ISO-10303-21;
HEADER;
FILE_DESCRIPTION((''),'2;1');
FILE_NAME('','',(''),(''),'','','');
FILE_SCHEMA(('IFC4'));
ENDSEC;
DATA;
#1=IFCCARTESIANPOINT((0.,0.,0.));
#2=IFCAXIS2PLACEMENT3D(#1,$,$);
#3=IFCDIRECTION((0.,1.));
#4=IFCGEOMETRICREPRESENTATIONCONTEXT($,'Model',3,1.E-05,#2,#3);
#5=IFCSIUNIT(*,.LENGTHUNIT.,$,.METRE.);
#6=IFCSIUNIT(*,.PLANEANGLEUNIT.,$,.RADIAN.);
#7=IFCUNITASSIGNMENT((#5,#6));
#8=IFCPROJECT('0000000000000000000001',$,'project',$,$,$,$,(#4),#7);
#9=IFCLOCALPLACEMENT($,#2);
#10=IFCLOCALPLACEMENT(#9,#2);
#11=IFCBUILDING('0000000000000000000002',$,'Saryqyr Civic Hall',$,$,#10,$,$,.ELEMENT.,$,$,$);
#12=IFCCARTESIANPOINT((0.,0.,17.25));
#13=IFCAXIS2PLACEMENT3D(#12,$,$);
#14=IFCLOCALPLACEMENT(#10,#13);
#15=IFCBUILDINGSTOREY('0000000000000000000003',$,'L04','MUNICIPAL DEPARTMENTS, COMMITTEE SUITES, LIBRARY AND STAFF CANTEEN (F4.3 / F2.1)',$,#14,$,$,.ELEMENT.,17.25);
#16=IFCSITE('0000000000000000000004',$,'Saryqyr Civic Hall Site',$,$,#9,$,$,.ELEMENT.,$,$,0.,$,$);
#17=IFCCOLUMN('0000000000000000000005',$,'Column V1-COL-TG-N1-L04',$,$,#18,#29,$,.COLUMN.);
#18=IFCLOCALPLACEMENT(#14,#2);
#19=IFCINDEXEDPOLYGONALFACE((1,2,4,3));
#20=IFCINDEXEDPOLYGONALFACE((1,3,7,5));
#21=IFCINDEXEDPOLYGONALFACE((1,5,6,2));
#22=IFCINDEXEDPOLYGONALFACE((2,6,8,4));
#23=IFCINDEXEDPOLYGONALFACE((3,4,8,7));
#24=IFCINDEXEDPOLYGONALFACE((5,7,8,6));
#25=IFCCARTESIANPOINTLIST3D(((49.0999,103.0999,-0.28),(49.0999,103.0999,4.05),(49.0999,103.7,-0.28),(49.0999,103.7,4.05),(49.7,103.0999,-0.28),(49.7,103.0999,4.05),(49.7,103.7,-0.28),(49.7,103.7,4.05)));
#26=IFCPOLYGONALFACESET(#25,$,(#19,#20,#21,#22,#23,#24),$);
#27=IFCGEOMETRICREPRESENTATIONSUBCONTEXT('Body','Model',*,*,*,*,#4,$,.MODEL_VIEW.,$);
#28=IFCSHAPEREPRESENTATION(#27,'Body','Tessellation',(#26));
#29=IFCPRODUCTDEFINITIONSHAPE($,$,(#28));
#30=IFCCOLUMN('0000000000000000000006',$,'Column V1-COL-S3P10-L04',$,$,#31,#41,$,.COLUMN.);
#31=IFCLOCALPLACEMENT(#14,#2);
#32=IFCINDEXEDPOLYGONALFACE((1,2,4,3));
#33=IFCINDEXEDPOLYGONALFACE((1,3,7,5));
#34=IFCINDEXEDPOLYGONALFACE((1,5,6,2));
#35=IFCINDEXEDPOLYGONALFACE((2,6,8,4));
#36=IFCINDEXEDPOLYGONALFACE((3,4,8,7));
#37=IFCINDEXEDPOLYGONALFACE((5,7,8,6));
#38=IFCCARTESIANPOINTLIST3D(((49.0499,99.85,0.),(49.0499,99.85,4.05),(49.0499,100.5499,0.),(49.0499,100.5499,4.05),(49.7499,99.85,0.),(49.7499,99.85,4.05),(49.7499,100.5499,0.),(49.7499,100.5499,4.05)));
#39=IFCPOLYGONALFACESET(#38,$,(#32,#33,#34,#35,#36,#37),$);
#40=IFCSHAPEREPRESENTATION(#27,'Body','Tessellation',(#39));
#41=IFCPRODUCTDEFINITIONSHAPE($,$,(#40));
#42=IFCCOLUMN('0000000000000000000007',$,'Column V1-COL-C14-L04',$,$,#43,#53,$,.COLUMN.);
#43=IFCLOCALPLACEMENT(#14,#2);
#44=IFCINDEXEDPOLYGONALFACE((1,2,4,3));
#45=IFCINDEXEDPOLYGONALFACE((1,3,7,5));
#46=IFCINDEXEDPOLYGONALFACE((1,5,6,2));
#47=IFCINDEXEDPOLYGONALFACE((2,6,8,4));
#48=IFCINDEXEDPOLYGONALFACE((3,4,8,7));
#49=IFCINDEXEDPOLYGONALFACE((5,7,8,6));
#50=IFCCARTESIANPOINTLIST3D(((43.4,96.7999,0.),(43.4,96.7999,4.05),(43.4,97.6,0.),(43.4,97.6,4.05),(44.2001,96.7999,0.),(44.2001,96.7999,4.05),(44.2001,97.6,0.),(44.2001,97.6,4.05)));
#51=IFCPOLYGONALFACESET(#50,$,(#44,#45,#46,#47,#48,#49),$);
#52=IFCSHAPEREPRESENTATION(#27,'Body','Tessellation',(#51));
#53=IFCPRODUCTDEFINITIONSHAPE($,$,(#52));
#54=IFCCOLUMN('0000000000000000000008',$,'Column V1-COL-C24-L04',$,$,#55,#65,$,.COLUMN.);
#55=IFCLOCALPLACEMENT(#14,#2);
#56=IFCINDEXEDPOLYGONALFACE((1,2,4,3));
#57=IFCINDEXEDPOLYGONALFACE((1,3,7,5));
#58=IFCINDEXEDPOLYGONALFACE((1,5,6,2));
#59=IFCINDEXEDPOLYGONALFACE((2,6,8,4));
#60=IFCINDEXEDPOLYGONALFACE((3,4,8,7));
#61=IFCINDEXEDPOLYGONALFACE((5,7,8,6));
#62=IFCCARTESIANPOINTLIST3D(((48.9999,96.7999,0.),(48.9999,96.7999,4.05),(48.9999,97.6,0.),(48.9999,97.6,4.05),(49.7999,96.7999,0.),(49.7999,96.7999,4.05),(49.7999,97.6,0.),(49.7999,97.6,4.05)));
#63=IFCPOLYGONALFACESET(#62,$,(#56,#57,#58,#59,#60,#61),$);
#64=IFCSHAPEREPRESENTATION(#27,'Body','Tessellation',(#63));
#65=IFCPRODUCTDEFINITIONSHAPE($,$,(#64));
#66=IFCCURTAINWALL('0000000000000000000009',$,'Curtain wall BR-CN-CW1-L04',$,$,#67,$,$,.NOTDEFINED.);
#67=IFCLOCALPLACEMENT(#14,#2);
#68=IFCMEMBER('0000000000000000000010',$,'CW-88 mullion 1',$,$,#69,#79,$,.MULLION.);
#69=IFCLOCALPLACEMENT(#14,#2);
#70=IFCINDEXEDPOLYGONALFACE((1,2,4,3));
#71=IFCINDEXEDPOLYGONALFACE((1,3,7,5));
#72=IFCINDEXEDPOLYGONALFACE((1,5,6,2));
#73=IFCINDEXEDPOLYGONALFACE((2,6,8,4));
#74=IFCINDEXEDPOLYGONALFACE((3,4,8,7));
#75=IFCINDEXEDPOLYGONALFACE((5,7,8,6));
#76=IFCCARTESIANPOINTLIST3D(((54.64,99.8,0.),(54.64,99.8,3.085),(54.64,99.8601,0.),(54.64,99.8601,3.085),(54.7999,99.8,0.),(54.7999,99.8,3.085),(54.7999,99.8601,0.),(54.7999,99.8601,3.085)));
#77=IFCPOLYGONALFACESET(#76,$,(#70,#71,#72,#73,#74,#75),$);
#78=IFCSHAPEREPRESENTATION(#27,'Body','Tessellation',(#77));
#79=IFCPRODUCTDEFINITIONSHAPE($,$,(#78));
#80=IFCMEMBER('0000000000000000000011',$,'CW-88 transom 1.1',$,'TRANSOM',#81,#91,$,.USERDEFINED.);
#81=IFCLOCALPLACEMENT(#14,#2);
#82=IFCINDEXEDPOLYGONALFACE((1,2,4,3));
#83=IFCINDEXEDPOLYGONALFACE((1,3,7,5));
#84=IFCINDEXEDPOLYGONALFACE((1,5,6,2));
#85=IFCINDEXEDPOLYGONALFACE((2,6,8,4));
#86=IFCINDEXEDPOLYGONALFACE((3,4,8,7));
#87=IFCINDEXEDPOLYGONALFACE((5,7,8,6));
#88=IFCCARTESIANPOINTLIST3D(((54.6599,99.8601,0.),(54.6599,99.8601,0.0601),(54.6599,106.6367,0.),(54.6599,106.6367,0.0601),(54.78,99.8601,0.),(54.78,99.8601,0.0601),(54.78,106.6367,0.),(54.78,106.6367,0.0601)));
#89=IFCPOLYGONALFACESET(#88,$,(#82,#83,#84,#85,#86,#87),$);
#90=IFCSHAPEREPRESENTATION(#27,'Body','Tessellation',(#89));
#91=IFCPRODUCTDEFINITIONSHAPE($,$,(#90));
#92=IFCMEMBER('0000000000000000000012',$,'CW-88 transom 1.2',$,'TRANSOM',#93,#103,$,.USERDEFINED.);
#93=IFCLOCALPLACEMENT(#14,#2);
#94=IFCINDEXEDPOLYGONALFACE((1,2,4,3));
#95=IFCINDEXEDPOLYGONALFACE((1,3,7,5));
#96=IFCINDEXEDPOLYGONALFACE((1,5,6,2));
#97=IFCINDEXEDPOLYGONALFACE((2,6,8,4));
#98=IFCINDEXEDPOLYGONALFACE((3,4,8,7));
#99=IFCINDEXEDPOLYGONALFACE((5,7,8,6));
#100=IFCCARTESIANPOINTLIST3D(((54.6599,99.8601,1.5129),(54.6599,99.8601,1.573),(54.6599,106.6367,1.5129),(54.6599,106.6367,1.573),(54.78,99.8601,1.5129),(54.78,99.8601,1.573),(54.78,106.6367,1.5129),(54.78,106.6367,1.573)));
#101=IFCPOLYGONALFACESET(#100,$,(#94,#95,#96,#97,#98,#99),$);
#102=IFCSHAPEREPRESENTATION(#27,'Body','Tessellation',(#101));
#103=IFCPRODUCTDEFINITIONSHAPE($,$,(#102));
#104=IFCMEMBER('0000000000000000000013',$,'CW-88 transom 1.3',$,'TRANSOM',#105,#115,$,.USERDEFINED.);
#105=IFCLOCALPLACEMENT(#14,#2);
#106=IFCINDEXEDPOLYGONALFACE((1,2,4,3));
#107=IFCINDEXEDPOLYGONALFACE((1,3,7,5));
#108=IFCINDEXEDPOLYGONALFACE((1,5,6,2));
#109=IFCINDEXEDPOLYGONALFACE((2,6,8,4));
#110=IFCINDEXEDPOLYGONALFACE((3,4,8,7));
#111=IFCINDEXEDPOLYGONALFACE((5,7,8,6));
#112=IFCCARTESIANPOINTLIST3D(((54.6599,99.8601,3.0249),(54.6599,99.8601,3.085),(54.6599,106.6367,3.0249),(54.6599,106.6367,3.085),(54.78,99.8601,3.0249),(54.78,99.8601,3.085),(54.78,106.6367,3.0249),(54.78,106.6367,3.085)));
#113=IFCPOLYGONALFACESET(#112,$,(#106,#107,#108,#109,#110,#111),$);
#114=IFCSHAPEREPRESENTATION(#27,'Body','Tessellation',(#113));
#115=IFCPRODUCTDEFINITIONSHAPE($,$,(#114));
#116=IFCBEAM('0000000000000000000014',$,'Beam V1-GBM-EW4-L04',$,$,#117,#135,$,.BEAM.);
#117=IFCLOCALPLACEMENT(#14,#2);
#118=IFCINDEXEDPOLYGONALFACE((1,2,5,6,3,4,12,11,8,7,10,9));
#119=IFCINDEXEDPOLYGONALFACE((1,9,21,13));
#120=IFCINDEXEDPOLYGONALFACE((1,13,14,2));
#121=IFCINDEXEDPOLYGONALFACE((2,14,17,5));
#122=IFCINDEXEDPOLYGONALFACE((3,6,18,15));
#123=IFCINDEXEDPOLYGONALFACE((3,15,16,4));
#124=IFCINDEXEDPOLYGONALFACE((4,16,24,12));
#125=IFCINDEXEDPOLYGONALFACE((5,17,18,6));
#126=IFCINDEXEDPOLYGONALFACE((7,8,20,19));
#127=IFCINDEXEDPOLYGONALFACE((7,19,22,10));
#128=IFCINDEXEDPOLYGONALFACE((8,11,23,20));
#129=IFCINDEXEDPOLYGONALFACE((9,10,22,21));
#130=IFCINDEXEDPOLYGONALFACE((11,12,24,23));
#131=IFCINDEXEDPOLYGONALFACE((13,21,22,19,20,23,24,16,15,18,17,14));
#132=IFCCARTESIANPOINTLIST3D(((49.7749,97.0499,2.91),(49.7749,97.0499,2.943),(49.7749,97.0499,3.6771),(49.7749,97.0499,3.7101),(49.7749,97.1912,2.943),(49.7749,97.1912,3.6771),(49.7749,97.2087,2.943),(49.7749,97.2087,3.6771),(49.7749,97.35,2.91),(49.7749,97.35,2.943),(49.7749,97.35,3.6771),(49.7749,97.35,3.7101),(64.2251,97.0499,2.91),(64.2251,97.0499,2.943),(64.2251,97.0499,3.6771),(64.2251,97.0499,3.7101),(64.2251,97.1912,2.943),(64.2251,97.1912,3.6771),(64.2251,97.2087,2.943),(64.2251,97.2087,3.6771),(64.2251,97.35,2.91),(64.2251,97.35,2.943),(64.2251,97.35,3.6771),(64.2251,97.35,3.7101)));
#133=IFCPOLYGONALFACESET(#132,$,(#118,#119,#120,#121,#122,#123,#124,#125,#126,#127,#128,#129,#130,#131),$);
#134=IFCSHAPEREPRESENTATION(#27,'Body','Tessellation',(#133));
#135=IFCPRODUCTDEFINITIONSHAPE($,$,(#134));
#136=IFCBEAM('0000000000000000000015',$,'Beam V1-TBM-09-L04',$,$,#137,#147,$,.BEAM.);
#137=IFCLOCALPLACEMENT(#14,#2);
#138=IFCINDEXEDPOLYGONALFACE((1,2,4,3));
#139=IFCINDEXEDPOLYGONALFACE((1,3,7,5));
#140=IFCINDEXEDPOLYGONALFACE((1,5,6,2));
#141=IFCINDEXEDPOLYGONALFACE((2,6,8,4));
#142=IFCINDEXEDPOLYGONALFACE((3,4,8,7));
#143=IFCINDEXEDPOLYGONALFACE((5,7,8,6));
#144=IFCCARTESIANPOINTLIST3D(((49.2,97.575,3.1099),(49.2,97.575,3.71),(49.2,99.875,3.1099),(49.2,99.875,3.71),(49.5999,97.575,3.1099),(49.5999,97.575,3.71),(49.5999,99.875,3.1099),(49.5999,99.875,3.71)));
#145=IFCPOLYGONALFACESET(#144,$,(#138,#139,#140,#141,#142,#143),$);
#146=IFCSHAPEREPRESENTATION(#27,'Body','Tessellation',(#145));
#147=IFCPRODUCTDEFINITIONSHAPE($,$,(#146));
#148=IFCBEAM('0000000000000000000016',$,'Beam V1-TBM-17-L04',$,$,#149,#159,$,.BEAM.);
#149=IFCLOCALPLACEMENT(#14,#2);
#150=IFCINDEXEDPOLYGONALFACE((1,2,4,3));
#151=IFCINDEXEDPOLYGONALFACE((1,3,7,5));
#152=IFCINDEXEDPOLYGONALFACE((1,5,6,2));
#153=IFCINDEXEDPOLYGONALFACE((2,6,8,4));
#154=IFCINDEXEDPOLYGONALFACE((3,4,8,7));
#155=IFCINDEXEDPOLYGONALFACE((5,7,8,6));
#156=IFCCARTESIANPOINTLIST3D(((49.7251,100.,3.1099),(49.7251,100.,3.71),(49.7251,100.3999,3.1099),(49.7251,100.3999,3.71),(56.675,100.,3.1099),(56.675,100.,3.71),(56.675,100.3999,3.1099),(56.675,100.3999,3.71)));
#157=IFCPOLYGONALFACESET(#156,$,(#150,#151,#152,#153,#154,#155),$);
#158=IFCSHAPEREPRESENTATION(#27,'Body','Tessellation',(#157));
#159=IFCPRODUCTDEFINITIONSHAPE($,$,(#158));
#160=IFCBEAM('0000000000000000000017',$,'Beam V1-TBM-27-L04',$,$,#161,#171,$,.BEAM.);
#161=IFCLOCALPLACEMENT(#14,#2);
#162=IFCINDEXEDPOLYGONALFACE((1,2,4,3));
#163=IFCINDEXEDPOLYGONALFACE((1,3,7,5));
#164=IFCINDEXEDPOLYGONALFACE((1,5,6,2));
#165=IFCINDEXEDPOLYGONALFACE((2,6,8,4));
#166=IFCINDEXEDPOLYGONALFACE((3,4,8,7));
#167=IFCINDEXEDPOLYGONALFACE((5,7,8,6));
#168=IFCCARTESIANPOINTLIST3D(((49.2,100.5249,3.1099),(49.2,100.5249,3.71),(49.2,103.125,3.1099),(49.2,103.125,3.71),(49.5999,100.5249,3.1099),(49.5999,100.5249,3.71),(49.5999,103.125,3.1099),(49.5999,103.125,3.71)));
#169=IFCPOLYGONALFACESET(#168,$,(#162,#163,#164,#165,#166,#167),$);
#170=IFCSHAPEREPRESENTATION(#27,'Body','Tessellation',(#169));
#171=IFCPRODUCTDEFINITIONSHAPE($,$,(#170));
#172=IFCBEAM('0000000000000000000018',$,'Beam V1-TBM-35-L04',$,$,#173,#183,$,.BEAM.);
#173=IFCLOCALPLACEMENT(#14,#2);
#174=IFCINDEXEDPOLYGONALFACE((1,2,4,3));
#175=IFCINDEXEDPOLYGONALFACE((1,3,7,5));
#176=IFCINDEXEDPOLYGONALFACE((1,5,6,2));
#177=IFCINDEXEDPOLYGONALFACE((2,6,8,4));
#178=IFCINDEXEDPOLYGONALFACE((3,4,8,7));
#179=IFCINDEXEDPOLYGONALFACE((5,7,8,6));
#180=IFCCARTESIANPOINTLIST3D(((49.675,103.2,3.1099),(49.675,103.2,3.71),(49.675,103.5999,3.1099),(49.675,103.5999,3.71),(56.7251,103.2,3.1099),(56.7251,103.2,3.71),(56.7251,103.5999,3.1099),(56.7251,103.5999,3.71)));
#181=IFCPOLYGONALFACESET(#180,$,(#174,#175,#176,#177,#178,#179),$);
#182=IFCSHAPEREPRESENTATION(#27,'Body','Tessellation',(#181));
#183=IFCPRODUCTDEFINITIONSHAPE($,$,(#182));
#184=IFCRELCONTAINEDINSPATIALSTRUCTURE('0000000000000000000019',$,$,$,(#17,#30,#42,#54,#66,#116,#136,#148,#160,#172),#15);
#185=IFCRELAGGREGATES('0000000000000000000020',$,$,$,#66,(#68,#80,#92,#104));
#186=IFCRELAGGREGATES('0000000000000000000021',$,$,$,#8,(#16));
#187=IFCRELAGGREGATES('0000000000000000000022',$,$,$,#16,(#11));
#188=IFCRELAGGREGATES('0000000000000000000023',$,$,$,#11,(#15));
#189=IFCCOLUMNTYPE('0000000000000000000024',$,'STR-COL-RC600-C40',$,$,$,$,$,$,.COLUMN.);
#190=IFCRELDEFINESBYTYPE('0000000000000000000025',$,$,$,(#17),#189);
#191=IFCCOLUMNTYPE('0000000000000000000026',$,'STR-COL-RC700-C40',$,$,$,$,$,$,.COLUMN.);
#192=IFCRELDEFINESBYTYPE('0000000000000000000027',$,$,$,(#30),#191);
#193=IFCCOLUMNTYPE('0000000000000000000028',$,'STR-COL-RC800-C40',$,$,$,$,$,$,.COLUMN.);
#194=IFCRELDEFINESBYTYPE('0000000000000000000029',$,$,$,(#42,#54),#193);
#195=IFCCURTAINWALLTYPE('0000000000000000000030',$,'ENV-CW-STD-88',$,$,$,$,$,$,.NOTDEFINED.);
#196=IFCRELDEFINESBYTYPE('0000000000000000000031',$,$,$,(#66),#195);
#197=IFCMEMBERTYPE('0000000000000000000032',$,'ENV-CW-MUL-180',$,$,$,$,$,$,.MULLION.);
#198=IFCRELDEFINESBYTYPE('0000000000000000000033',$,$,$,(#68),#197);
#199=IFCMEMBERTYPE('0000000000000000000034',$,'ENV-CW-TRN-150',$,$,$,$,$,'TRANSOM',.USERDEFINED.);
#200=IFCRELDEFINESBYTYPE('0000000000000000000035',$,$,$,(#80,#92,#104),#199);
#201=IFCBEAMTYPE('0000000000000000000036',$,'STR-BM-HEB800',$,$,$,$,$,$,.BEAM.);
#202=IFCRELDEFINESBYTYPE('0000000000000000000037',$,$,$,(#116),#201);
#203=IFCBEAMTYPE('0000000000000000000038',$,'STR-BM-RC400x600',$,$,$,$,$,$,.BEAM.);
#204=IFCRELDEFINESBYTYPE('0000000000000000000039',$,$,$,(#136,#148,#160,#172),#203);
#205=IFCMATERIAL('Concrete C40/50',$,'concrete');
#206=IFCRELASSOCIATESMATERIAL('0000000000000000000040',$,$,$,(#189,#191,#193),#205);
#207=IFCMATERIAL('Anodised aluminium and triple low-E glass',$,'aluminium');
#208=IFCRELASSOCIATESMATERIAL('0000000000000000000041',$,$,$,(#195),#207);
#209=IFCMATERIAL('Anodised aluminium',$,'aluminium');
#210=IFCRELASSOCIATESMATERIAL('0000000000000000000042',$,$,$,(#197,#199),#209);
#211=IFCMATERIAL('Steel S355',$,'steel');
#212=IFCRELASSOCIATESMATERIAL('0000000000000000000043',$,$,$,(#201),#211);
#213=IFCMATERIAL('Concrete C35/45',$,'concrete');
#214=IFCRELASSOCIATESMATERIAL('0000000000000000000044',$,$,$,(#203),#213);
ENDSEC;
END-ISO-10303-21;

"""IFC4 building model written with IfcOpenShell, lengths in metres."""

from ifc_helpers import new_model, si_unit, direction, frame, origin, origin_2d, place, context, subcontext, project, spatial, rectangle, i_section, extrude, material, material_profile, profile_set, type_object, element, aggregate, save


model = new_model("IFC4")

# Units and contexts
model_context = context("Model", 3, precision=1e-05, world=origin(), true_north=direction((0.0, 1.0)))
body_context = subcontext(model_context, "Body", "Model", "MODEL_VIEW")
ifc_project = project(units=[si_unit("LENGTHUNIT", "METRE"), si_unit("PLANEANGLEUNIT", "RADIAN")], contexts=[model_context])

# Site, building, storey
site_placement = place(None, origin())
site = spatial("IfcSite", under=ifc_project, at=site_placement, Name="Saryqyr Civic Hall Site", CompositionType="ELEMENT", RefElevation=0.0)
building_placement = place(site_placement, origin())
building = spatial("IfcBuilding", under=site, at=building_placement, Name="Saryqyr Civic Hall", CompositionType="ELEMENT")
storey_placement = place(building_placement, frame((0.0, 0.0, 17.25)))
storey = spatial("IfcBuildingStorey", under=building, at=storey_placement, Name="L04", Description="MUNICIPAL DEPARTMENTS, COMMITTEE SUITES, LIBRARY AND STAFF CANTEEN (F4.3 / F2.1)", CompositionType="ELEMENT", Elevation=17.25)

# Columns
ifc_material_1 = material(Name="Concrete C40/50", Category="concrete")
ifc_material_profile_1 = material_profile(ifc_material_1, rectangle(XDim=0.6001, YDim=0.6001, at=origin_2d()), Name="RC 600x600")
ifc_profile_set_1 = profile_set([ifc_material_profile_1], Name="Concrete C40/50")
column_type_1 = type_object("IfcColumnType", Name="STR-COL-RC600-C40", PredefinedType="COLUMN", material=ifc_profile_set_1)
column_1_placement = place(storey_placement, frame((49.3999, 103.3999, -0.28), z_axis=(0.0, 0.0, 1.0), x_axis=(1.0, 0.0, 0.0)))
element("IfcColumn", 1, at=column_1_placement, inside=storey, type_object=column_type_1, Name="Column V1-COL-TG-N1-L04", PredefinedType="COLUMN", context=body_context, shape_type="SweptSolid", body=[
    extrude(rectangle(XDim=0.6001, YDim=0.6001, at=origin_2d()), origin(), (0.0, 0.0, 1.0), 4.3301),
])
ifc_material_profile_2 = material_profile(ifc_material_1, rectangle(XDim=0.7, YDim=0.7, at=origin_2d()), Name="RC 700x700")
ifc_profile_set_2 = profile_set([ifc_material_profile_2], Name="Concrete C40/50")
column_type_2 = type_object("IfcColumnType", Name="STR-COL-RC700-C40", PredefinedType="COLUMN", material=ifc_profile_set_2)
column_2_placement = place(storey_placement, frame((49.3999, 100.2, 0.0), z_axis=(0.0, 0.0, 1.0), x_axis=(1.0, 0.0, 0.0)))
element("IfcColumn", 2, at=column_2_placement, inside=storey, type_object=column_type_2, Name="Column V1-COL-S3P10-L04", PredefinedType="COLUMN", context=body_context, shape_type="SweptSolid", body=[
    extrude(rectangle(XDim=0.7, YDim=0.7, at=origin_2d()), origin(), (0.0, 0.0, 1.0), 4.05),
])
ifc_material_profile_3 = material_profile(ifc_material_1, rectangle(XDim=0.8, YDim=0.8, at=origin_2d()), Name="RC 800x800")
ifc_profile_set_3 = profile_set([ifc_material_profile_3], Name="Concrete C40/50")
column_type_3 = type_object("IfcColumnType", Name="STR-COL-RC800-C40", PredefinedType="COLUMN", material=ifc_profile_set_3)
for number, where, z_axis, x_axis, name in (
    (3, (43.8, 97.2, 0.0), (0.0, 0.0, 1.0), (1.0, 0.0, 0.0), "Column V1-COL-C14-L04"),
    (4, (49.3999, 97.2, 0.0), (0.0, 0.0, 1.0), (1.0, 0.0, 0.0), "Column V1-COL-C24-L04"),
):
    element("IfcColumn", number, at=place(storey_placement, frame(where, z_axis=z_axis, x_axis=x_axis)), inside=storey, type_object=column_type_3, Name=name, PredefinedType="COLUMN", context=body_context, shape_type="SweptSolid", body=[
        extrude(rectangle(XDim=0.8, YDim=0.8, at=origin_2d()), origin(), (0.0, 0.0, 1.0), 4.05),
    ])

# Curtain wall, members
ifc_material_2 = material(Name="Anodised aluminium and triple low-E glass", Category="aluminium")
curtain_wall_type = type_object("IfcCurtainWallType", Name="ENV-CW-STD-88", PredefinedType="NOTDEFINED", material=ifc_material_2)
curtain_wall_placement = place(storey_placement, origin())
curtain_wall = element("IfcCurtainWall", 5, at=curtain_wall_placement, inside=storey, type_object=curtain_wall_type, Name="Curtain wall BR-CN-CW1-L04", PredefinedType="NOTDEFINED")
ifc_material_3 = material(Name="Anodised aluminium", Category="aluminium")
ifc_material_profile_4 = material_profile(ifc_material_3, rectangle(XDim=0.0601, YDim=0.1599, at=origin_2d()), Name="ALU MULLION 60x160")
ifc_profile_set_4 = profile_set([ifc_material_profile_4], Name="Anodised aluminium")
member_type_1 = type_object("IfcMemberType", Name="ENV-CW-MUL-180", PredefinedType="MULLION", material=ifc_profile_set_4)
member_1_placement = place(storey_placement, frame((54.72, 99.8301, 0.0), z_axis=(0.0, 0.0, 1.0), x_axis=(0.0, 1.0, 0.0)))
member_1 = element("IfcMember", 6, at=member_1_placement, type_object=member_type_1, Name="CW-88 mullion 1", PredefinedType="MULLION", context=body_context, shape_type="SweptSolid", body=[
    extrude(rectangle(XDim=0.0601, YDim=0.1599, at=origin_2d()), origin(), (0.0, 0.0, 1.0), 3.085),
])
ifc_material_profile_5 = material_profile(ifc_material_3, rectangle(XDim=0.1201, YDim=0.0601, at=origin_2d()), Name="ALU TRANSOM 120x60")
ifc_profile_set_5 = profile_set([ifc_material_profile_5], Name="Anodised aluminium")
member_type_2 = type_object("IfcMemberType", Name="ENV-CW-TRN-150", ElementType="TRANSOM", PredefinedType="USERDEFINED", material=ifc_profile_set_5)
member_2_placement = place(storey_placement, frame((54.72, 99.8601, 0.03), z_axis=(0.0, 1.0, 0.0), x_axis=(-1.0, 0.0, 0.0)))
member_2 = element("IfcMember", 7, at=member_2_placement, type_object=member_type_2, Name="CW-88 transom 1.1", ObjectType="TRANSOM", PredefinedType="USERDEFINED", context=body_context, shape_type="SweptSolid", body=[
    extrude(rectangle(XDim=0.1201, YDim=0.0601, at=origin_2d()), origin(), (0.0, 0.0, 1.0), 6.7766),
])
member_3_placement = place(storey_placement, frame((54.72, 99.8601, 1.543), z_axis=(0.0, 1.0, 0.0), x_axis=(-1.0, 0.0, 0.0)))
member_3 = element("IfcMember", 8, at=member_3_placement, type_object=member_type_2, Name="CW-88 transom 1.2", ObjectType="TRANSOM", PredefinedType="USERDEFINED", context=body_context, shape_type="SweptSolid", body=[
    extrude(rectangle(XDim=0.1201, YDim=0.0601, at=origin_2d()), origin(), (0.0, 0.0, 1.0), 6.7766),
])
member_4_placement = place(storey_placement, frame((54.72, 99.8601, 3.0549), z_axis=(0.0, 1.0, 0.0), x_axis=(-1.0, 0.0, 0.0)))
member_4 = element("IfcMember", 9, at=member_4_placement, type_object=member_type_2, Name="CW-88 transom 1.3", ObjectType="TRANSOM", PredefinedType="USERDEFINED", context=body_context, shape_type="SweptSolid", body=[
    extrude(rectangle(XDim=0.1201, YDim=0.0601, at=origin_2d()), origin(), (0.0, 0.0, 1.0), 6.7766),
])

# Beams
ifc_material_4 = material(Name="Steel S355", Category="steel")
ifc_material_profile_6 = material_profile(ifc_material_4, i_section(OverallWidth=0.3, OverallDepth=0.8, WebThickness=0.0176, FlangeThickness=0.033, at=origin_2d()), Name="HEB 800")
ifc_profile_set_6 = profile_set([ifc_material_profile_6], Name="Steel S355")
beam_type_1 = type_object("IfcBeamType", Name="STR-BM-HEB800", PredefinedType="BEAM", material=ifc_profile_set_6)
beam_1_placement = place(storey_placement, frame((49.7749, 97.2, 3.3101), z_axis=(1.0, 0.0, 0.0), x_axis=(0.0, 1.0, 0.0)))
element("IfcBeam", 10, at=beam_1_placement, inside=storey, type_object=beam_type_1, Name="Beam V1-GBM-EW4-L04", PredefinedType="BEAM", context=body_context, shape_type="SweptSolid", body=[
    extrude(i_section(OverallWidth=0.3, OverallDepth=0.8, WebThickness=0.0176, FlangeThickness=0.033, at=origin_2d()), origin(), (0.0, 0.0, 1.0), 14.4502),
])
ifc_material_5 = material(Name="Concrete C35/45", Category="concrete")
ifc_material_profile_7 = material_profile(ifc_material_5, rectangle(XDim=0.3999, YDim=0.6001, at=origin_2d()), Name="RC 400x600")
ifc_profile_set_7 = profile_set([ifc_material_profile_7], Name="Concrete C35/45")
beam_type_2 = type_object("IfcBeamType", Name="STR-BM-RC400x600", PredefinedType="BEAM", material=ifc_profile_set_7)
beam_2_placement = place(storey_placement, frame((49.3999, 97.575, 3.4099), z_axis=(0.0, 1.0, 0.0), x_axis=(-1.0, 0.0, 0.0)))
element("IfcBeam", 11, at=beam_2_placement, inside=storey, type_object=beam_type_2, Name="Beam V1-TBM-09-L04", PredefinedType="BEAM", context=body_context, shape_type="SweptSolid", body=[
    extrude(rectangle(XDim=0.3999, YDim=0.6001, at=origin_2d()), origin(), (0.0, 0.0, 1.0), 2.3),
])
beam_3_placement = place(storey_placement, frame((49.7251, 100.2, 3.4099), z_axis=(1.0, 0.0, 0.0), x_axis=(0.0, 1.0, 0.0)))
element("IfcBeam", 12, at=beam_3_placement, inside=storey, type_object=beam_type_2, Name="Beam V1-TBM-17-L04", PredefinedType="BEAM", context=body_context, shape_type="SweptSolid", body=[
    extrude(rectangle(XDim=0.3999, YDim=0.6001, at=origin_2d()), origin(), (0.0, 0.0, 1.0), 6.95),
])
beam_4_placement = place(storey_placement, frame((49.3999, 100.5249, 3.4099), z_axis=(0.0, 1.0, 0.0), x_axis=(-1.0, 0.0, 0.0)))
element("IfcBeam", 13, at=beam_4_placement, inside=storey, type_object=beam_type_2, Name="Beam V1-TBM-27-L04", PredefinedType="BEAM", context=body_context, shape_type="SweptSolid", body=[
    extrude(rectangle(XDim=0.3999, YDim=0.6001, at=origin_2d()), origin(), (0.0, 0.0, 1.0), 2.6001),
])
beam_5_placement = place(storey_placement, frame((49.675, 103.3999, 3.4099), z_axis=(1.0, 0.0, 0.0), x_axis=(0.0, 1.0, 0.0)))
element("IfcBeam", 14, at=beam_5_placement, inside=storey, type_object=beam_type_2, Name="Beam V1-TBM-35-L04", PredefinedType="BEAM", context=body_context, shape_type="SweptSolid", body=[
    extrude(rectangle(XDim=0.3999, YDim=0.6001, at=origin_2d()), origin(), (0.0, 0.0, 1.0), 7.05),
])

aggregate(curtain_wall, [member_1, member_2, member_3, member_4])

save(model, "model.ifc")
